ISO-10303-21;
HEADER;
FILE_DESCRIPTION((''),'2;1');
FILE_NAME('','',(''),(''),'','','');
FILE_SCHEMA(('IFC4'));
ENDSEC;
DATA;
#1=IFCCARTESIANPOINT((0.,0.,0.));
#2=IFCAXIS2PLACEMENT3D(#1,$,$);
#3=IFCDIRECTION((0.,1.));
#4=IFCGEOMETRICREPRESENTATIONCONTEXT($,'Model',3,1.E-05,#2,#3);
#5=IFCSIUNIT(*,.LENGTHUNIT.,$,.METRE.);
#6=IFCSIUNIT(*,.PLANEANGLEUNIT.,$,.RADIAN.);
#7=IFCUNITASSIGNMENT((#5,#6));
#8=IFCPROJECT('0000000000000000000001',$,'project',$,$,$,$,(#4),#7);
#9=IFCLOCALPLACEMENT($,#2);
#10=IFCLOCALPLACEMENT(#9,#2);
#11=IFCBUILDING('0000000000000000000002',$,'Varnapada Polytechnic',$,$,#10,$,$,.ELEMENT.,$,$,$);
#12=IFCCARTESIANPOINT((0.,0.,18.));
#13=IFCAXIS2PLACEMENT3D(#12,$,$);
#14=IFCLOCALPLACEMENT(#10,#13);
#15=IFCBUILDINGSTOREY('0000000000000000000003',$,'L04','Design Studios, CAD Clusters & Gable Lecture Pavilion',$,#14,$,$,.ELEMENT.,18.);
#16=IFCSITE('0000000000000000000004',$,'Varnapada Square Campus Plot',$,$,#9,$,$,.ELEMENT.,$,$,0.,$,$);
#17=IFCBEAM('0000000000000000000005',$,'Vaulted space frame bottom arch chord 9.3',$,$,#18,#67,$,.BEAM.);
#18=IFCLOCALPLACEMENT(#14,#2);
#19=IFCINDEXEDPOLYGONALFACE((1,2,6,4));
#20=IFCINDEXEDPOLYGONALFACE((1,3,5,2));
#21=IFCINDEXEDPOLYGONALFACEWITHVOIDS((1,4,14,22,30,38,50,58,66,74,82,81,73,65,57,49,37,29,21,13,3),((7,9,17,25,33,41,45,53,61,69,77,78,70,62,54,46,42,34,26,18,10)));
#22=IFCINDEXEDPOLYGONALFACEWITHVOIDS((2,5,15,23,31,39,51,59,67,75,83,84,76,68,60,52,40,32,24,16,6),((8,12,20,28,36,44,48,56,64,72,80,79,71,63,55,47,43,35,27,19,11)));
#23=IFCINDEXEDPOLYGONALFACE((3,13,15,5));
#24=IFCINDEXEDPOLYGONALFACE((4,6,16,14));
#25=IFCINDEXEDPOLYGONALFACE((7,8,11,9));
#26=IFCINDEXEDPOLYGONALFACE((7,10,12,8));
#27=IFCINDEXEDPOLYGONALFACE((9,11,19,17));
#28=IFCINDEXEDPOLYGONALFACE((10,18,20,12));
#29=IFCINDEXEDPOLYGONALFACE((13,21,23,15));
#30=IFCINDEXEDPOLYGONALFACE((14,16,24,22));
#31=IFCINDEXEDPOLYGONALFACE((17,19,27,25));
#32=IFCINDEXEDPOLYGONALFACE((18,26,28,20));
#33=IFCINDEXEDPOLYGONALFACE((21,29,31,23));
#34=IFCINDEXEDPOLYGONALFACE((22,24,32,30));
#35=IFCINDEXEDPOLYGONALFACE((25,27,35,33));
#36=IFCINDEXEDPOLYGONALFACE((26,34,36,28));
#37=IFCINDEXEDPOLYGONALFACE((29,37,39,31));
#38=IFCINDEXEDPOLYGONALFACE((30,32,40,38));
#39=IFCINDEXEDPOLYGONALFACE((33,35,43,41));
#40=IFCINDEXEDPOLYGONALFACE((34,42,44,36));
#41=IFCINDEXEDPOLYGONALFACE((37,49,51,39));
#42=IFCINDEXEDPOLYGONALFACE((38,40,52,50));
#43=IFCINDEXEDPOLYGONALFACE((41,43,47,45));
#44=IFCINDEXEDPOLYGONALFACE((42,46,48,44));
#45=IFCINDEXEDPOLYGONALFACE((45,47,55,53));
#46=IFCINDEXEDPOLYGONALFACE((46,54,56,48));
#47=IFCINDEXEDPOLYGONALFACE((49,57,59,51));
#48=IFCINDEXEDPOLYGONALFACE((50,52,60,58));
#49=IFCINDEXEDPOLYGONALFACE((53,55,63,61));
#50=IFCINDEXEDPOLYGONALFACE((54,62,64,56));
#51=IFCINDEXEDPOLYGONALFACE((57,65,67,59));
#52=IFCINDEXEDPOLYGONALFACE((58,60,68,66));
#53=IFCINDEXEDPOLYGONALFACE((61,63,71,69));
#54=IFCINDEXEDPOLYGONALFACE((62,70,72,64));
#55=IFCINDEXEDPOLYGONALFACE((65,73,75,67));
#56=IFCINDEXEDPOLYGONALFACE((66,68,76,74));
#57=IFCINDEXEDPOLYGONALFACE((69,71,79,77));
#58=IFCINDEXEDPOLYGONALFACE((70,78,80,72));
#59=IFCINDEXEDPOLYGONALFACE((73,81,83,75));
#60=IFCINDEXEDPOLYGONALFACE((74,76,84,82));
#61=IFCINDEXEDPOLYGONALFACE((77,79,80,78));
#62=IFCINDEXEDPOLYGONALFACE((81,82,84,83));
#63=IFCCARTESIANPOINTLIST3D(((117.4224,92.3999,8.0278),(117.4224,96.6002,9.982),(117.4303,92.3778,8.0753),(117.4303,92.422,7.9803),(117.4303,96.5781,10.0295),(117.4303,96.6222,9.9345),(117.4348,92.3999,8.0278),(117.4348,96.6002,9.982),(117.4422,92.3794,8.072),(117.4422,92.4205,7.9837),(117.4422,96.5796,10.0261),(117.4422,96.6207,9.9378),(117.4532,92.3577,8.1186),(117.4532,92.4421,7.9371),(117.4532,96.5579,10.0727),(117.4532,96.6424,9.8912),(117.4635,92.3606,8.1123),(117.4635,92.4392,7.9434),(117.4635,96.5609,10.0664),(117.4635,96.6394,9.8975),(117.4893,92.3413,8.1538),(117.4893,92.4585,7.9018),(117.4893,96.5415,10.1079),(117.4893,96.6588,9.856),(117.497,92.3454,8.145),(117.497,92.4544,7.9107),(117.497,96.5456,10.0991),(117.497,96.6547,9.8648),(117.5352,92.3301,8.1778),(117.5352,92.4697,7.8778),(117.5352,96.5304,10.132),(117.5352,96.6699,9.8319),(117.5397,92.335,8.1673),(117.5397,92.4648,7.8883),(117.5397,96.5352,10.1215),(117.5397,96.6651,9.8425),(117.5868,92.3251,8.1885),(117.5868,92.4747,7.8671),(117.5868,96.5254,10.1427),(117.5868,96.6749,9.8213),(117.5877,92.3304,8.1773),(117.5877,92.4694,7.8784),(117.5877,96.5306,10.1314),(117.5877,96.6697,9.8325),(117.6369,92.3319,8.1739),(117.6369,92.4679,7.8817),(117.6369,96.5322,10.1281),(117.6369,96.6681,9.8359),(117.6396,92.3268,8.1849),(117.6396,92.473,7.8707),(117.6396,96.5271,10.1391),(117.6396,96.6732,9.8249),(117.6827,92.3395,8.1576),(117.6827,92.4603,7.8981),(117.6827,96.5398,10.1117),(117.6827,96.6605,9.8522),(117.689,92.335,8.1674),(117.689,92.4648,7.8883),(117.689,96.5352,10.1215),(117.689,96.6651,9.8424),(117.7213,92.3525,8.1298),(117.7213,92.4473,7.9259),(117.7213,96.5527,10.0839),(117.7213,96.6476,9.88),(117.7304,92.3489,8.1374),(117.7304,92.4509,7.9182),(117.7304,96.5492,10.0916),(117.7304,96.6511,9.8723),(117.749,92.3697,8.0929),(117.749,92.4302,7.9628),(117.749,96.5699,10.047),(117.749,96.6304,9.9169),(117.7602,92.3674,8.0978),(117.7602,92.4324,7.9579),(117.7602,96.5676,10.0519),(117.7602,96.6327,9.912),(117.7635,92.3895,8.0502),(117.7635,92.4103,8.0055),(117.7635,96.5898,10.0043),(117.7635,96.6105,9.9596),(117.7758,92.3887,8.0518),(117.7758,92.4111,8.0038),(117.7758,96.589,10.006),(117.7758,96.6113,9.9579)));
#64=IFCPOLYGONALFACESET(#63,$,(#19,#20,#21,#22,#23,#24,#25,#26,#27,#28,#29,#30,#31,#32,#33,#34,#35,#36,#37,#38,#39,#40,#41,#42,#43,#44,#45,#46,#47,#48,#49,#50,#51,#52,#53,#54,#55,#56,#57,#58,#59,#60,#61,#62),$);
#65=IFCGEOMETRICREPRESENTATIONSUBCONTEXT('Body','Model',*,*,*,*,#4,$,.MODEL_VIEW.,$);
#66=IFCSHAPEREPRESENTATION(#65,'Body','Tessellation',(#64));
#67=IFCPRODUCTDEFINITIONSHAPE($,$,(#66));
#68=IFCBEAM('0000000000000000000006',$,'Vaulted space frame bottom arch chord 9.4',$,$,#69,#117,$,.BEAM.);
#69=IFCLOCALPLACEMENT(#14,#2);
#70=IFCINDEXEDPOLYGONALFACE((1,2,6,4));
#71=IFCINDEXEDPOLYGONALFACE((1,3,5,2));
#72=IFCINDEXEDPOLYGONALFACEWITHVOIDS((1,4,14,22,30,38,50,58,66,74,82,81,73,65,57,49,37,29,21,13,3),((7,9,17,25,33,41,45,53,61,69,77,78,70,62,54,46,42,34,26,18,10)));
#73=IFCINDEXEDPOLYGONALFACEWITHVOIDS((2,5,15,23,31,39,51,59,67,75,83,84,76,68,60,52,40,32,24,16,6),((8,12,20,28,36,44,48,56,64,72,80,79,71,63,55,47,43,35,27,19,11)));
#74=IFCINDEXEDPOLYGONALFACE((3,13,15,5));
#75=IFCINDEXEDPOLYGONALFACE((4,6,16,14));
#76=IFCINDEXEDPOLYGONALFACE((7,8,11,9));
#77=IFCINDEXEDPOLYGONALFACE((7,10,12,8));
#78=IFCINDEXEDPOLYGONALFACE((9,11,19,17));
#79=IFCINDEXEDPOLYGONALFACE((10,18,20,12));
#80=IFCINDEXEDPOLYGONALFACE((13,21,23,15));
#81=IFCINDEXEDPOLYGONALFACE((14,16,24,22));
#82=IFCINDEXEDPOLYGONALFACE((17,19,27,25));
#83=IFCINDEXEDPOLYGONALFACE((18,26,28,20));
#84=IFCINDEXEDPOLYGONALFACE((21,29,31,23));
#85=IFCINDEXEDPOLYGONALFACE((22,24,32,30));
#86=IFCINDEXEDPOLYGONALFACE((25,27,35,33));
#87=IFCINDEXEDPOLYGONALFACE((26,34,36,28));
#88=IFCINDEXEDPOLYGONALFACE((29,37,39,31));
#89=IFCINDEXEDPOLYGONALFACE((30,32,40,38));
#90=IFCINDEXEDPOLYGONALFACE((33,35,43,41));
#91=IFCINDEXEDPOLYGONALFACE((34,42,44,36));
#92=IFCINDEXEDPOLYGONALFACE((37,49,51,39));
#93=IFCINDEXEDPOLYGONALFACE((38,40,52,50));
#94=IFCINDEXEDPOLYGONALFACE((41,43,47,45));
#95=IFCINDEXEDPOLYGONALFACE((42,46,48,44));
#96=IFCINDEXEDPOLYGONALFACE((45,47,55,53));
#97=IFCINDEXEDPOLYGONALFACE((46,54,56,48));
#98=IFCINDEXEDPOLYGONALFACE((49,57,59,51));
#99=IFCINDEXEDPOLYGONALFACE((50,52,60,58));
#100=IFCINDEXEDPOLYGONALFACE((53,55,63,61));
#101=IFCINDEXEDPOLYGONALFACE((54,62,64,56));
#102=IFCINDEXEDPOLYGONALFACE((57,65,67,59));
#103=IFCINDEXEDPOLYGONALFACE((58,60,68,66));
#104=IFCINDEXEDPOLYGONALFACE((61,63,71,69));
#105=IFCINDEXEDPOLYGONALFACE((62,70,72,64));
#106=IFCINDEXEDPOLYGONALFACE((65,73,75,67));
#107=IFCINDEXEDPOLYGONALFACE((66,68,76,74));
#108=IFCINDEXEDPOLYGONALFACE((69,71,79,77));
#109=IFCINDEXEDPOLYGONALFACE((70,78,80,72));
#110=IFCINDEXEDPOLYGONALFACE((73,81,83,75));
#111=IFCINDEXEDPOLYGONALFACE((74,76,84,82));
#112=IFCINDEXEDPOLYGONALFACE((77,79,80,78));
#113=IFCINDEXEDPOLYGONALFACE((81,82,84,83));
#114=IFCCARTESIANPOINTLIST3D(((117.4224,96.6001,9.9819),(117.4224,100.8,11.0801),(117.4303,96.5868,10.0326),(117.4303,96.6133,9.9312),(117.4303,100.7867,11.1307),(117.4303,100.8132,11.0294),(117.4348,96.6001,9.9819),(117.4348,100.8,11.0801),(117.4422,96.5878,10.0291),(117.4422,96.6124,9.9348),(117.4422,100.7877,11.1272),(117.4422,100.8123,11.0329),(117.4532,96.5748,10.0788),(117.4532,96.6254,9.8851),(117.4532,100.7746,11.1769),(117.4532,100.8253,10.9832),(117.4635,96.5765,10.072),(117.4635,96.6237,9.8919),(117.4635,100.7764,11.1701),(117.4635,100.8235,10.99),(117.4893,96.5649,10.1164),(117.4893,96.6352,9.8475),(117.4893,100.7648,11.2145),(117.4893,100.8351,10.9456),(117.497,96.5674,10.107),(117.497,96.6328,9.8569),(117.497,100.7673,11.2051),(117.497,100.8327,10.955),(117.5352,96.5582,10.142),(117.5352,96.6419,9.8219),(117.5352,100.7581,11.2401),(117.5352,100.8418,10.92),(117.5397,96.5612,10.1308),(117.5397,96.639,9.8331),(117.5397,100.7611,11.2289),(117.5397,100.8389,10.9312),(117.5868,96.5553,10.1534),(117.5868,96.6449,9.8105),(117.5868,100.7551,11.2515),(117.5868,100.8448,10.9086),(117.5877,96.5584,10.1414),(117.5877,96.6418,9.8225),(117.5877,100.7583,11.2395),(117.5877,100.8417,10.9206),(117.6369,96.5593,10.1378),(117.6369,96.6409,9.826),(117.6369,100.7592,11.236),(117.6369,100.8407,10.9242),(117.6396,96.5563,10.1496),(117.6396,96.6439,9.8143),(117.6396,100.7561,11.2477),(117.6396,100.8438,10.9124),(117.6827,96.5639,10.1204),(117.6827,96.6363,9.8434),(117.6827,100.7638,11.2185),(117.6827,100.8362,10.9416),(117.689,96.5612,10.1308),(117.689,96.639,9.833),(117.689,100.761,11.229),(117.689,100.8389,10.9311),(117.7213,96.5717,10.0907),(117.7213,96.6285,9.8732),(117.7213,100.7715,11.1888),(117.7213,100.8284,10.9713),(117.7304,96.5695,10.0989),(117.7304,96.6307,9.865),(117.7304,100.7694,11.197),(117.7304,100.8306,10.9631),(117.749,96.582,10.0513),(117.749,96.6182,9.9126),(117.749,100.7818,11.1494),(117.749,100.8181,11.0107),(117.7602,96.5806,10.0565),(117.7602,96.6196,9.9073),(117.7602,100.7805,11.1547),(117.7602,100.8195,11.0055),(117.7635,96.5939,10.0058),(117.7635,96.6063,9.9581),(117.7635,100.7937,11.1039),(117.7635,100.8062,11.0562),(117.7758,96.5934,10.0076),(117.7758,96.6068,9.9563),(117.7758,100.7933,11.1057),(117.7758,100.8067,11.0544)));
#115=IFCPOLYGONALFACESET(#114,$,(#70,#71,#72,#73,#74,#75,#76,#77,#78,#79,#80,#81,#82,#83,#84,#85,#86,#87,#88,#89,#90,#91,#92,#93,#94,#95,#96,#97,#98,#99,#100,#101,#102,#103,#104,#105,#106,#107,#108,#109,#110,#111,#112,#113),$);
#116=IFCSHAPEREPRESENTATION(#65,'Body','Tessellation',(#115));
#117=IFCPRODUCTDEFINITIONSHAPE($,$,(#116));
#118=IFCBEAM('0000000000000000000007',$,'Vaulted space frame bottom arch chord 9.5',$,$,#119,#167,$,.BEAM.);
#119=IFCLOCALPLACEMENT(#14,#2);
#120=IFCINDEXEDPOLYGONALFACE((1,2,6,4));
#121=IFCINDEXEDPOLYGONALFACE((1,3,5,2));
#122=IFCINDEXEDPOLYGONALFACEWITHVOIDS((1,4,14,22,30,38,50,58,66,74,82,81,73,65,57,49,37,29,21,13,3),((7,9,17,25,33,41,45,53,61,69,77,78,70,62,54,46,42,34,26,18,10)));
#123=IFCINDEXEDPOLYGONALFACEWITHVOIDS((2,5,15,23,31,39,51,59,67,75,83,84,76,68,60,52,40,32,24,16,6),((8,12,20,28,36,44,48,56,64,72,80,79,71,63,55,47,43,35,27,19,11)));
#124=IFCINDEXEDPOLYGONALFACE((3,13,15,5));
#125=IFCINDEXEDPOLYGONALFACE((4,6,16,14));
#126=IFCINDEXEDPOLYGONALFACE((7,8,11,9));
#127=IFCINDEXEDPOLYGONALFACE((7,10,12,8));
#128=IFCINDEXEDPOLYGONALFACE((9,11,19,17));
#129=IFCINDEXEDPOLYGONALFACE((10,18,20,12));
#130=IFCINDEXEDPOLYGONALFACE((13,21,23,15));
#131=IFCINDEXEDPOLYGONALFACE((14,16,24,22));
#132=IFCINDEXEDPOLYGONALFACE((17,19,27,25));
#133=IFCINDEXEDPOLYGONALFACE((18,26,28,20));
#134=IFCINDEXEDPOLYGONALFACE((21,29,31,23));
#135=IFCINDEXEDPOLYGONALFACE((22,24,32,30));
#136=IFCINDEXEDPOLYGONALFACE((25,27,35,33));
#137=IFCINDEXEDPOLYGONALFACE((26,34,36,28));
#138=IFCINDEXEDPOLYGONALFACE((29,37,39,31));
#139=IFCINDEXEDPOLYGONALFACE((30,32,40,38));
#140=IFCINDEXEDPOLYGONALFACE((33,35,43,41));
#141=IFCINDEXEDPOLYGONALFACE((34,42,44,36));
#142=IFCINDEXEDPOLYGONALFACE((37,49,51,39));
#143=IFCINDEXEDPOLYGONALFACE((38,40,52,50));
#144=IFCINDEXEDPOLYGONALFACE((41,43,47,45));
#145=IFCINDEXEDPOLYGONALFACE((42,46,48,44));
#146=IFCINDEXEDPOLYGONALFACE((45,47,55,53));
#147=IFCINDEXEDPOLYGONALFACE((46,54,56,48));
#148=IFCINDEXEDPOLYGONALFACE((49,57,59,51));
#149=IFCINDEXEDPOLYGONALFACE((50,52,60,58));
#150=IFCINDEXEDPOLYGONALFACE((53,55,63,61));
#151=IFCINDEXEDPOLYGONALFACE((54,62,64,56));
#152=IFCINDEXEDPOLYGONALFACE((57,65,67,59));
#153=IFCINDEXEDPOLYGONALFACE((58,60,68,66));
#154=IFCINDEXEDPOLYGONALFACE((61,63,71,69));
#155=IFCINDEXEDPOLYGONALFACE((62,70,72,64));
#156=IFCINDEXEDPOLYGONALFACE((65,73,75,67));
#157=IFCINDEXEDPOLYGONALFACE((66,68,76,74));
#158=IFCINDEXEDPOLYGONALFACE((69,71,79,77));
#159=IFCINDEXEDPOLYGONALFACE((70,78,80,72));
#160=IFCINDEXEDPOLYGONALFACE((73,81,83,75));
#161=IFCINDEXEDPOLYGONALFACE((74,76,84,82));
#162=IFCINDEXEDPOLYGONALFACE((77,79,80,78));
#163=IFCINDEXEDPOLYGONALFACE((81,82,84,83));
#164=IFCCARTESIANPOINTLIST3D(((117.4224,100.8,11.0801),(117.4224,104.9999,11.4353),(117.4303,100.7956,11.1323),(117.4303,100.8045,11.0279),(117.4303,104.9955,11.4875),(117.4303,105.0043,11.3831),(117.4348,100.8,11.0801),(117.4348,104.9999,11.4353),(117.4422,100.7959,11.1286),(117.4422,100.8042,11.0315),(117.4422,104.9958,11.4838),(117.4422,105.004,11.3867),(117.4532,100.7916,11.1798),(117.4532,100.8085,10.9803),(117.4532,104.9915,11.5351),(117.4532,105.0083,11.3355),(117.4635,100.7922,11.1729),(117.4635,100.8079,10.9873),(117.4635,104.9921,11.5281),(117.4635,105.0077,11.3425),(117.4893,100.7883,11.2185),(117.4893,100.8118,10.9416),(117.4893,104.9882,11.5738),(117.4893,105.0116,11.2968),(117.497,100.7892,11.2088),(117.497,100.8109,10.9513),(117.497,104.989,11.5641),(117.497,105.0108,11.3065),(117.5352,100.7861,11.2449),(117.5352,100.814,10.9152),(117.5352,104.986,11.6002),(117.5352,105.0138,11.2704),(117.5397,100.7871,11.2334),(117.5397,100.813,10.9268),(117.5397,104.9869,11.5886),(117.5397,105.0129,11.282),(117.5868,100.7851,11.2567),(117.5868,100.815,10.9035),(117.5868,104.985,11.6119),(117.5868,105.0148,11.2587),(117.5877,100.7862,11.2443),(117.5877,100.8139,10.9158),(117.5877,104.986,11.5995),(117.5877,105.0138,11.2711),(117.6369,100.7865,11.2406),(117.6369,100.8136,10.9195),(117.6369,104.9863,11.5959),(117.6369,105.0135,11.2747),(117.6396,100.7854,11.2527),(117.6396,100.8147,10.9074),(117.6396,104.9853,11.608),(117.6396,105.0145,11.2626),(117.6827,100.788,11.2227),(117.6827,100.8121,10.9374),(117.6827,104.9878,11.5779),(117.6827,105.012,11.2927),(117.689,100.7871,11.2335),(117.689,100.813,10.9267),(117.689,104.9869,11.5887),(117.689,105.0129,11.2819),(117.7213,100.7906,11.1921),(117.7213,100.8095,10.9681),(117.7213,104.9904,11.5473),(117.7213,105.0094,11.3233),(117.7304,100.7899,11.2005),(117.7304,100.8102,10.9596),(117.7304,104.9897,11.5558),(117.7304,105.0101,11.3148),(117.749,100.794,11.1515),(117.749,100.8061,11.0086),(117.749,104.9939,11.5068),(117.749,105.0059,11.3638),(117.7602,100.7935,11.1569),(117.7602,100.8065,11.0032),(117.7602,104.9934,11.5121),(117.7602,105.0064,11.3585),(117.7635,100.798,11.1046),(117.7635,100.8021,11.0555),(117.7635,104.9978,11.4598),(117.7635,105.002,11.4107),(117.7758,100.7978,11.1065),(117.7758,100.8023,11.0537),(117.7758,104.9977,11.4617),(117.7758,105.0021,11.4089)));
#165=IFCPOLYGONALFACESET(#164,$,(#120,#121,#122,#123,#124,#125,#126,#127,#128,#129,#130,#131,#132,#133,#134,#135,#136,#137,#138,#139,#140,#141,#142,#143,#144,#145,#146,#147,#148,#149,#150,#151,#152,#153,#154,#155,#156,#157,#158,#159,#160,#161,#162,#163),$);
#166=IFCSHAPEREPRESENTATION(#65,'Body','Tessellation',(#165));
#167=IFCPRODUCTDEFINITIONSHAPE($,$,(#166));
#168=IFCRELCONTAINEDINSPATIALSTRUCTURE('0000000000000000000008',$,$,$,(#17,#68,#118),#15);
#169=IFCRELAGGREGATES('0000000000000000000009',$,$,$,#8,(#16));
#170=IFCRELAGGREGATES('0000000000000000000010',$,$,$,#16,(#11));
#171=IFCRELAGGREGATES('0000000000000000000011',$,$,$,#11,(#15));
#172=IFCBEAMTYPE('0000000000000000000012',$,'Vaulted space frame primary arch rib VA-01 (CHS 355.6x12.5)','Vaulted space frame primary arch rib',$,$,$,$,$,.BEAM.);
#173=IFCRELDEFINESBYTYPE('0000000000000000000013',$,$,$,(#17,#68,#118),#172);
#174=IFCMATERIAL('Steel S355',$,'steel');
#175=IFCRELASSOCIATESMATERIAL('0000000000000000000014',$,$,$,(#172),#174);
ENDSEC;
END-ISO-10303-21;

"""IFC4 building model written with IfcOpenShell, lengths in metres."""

from ifc_helpers import new_model, si_unit, direction, frame, origin, origin_2d, place, context, subcontext, project, spatial, hollow_circle, extrude, material, material_profile, profile_set, type_object, element, save


model = new_model("IFC4")

# Units and contexts
model_context = context("Model", 3, precision=1e-05, world=origin(), true_north=direction((0.0, 1.0)))
body_context = subcontext(model_context, "Body", "Model", "MODEL_VIEW")
ifc_project = project(units=[si_unit("LENGTHUNIT", "METRE"), si_unit("PLANEANGLEUNIT", "RADIAN")], contexts=[model_context])

# Site, building, storey
site_placement = place(None, origin())
site = spatial("IfcSite", under=ifc_project, at=site_placement, Name="Varnapada Square Campus Plot", CompositionType="ELEMENT", RefElevation=0.0)
building_placement = place(site_placement, origin())
building = spatial("IfcBuilding", under=site, at=building_placement, Name="Varnapada Polytechnic", CompositionType="ELEMENT")
storey_placement = place(building_placement, frame((0.0, 0.0, 18.0)))
storey = spatial("IfcBuildingStorey", under=building, at=storey_placement, Name="L04", Description="Design Studios, CAD Clusters & Gable Lecture Pavilion", CompositionType="ELEMENT", Elevation=18.0)

# Shared definitions
ifc_material = material(Name="Steel S355", Category="steel")

# Beams
ifc_material_profile_1 = material_profile(ifc_material, hollow_circle(Radius=0.1777, WallThickness=0.0125, at=origin_2d()), Name="CHS 355.6x12.5")
ifc_profile_set_1 = profile_set([ifc_material_profile_1], Name="Steel S355")
beam_type_1 = type_object("IfcBeamType", Name="Vaulted space frame primary arch rib VA-01 (CHS 355.6x12.5)", Description="Vaulted space frame primary arch rib", PredefinedType="BEAM", material=ifc_profile_set_1)
beam_1_placement = place(storey_placement, frame((117.6001, 92.3999, 8.0278), z_axis=(0.0, 0.906678, 0.421823), x_axis=(-1.0, 0.0, 0.0)))
element("IfcBeam", 1, at=beam_1_placement, inside=storey, type_object=beam_type_1, Name="Vaulted space frame bottom arch chord 9.3", PredefinedType="BEAM", context=body_context, shape_type="SweptSolid", body=[
    extrude(hollow_circle(Radius=0.1777, WallThickness=0.0125, at=origin_2d()), origin(), (0.0, 0.0, 1.0), 4.6326),
])
beam_2_placement = place(storey_placement, frame((117.6001, 96.6001, 9.9819), z_axis=(0.0, 0.967476, 0.252962), x_axis=(-1.0, 0.0, 0.0)))
element("IfcBeam", 2, at=beam_2_placement, inside=storey, type_object=beam_type_1, Name="Vaulted space frame bottom arch chord 9.4", PredefinedType="BEAM", context=body_context, shape_type="SweptSolid", body=[
    extrude(hollow_circle(Radius=0.1777, WallThickness=0.0125, at=origin_2d()), origin(), (0.0, 0.0, 1.0), 4.3411),
])
beam_3_placement = place(storey_placement, frame((117.6001, 100.8, 11.0801), z_axis=(0.0, 0.996442, 0.084277), x_axis=(-1.0, 0.0, 0.0)))
element("IfcBeam", 3, at=beam_3_placement, inside=storey, type_object=beam_type_1, Name="Vaulted space frame bottom arch chord 9.5", PredefinedType="BEAM", context=body_context, shape_type="SweptSolid", body=[
    extrude(hollow_circle(Radius=0.1777, WallThickness=0.0125, at=origin_2d()), origin(), (0.0, 0.0, 1.0), 4.2148),
])

save(model, "model.ifc")
